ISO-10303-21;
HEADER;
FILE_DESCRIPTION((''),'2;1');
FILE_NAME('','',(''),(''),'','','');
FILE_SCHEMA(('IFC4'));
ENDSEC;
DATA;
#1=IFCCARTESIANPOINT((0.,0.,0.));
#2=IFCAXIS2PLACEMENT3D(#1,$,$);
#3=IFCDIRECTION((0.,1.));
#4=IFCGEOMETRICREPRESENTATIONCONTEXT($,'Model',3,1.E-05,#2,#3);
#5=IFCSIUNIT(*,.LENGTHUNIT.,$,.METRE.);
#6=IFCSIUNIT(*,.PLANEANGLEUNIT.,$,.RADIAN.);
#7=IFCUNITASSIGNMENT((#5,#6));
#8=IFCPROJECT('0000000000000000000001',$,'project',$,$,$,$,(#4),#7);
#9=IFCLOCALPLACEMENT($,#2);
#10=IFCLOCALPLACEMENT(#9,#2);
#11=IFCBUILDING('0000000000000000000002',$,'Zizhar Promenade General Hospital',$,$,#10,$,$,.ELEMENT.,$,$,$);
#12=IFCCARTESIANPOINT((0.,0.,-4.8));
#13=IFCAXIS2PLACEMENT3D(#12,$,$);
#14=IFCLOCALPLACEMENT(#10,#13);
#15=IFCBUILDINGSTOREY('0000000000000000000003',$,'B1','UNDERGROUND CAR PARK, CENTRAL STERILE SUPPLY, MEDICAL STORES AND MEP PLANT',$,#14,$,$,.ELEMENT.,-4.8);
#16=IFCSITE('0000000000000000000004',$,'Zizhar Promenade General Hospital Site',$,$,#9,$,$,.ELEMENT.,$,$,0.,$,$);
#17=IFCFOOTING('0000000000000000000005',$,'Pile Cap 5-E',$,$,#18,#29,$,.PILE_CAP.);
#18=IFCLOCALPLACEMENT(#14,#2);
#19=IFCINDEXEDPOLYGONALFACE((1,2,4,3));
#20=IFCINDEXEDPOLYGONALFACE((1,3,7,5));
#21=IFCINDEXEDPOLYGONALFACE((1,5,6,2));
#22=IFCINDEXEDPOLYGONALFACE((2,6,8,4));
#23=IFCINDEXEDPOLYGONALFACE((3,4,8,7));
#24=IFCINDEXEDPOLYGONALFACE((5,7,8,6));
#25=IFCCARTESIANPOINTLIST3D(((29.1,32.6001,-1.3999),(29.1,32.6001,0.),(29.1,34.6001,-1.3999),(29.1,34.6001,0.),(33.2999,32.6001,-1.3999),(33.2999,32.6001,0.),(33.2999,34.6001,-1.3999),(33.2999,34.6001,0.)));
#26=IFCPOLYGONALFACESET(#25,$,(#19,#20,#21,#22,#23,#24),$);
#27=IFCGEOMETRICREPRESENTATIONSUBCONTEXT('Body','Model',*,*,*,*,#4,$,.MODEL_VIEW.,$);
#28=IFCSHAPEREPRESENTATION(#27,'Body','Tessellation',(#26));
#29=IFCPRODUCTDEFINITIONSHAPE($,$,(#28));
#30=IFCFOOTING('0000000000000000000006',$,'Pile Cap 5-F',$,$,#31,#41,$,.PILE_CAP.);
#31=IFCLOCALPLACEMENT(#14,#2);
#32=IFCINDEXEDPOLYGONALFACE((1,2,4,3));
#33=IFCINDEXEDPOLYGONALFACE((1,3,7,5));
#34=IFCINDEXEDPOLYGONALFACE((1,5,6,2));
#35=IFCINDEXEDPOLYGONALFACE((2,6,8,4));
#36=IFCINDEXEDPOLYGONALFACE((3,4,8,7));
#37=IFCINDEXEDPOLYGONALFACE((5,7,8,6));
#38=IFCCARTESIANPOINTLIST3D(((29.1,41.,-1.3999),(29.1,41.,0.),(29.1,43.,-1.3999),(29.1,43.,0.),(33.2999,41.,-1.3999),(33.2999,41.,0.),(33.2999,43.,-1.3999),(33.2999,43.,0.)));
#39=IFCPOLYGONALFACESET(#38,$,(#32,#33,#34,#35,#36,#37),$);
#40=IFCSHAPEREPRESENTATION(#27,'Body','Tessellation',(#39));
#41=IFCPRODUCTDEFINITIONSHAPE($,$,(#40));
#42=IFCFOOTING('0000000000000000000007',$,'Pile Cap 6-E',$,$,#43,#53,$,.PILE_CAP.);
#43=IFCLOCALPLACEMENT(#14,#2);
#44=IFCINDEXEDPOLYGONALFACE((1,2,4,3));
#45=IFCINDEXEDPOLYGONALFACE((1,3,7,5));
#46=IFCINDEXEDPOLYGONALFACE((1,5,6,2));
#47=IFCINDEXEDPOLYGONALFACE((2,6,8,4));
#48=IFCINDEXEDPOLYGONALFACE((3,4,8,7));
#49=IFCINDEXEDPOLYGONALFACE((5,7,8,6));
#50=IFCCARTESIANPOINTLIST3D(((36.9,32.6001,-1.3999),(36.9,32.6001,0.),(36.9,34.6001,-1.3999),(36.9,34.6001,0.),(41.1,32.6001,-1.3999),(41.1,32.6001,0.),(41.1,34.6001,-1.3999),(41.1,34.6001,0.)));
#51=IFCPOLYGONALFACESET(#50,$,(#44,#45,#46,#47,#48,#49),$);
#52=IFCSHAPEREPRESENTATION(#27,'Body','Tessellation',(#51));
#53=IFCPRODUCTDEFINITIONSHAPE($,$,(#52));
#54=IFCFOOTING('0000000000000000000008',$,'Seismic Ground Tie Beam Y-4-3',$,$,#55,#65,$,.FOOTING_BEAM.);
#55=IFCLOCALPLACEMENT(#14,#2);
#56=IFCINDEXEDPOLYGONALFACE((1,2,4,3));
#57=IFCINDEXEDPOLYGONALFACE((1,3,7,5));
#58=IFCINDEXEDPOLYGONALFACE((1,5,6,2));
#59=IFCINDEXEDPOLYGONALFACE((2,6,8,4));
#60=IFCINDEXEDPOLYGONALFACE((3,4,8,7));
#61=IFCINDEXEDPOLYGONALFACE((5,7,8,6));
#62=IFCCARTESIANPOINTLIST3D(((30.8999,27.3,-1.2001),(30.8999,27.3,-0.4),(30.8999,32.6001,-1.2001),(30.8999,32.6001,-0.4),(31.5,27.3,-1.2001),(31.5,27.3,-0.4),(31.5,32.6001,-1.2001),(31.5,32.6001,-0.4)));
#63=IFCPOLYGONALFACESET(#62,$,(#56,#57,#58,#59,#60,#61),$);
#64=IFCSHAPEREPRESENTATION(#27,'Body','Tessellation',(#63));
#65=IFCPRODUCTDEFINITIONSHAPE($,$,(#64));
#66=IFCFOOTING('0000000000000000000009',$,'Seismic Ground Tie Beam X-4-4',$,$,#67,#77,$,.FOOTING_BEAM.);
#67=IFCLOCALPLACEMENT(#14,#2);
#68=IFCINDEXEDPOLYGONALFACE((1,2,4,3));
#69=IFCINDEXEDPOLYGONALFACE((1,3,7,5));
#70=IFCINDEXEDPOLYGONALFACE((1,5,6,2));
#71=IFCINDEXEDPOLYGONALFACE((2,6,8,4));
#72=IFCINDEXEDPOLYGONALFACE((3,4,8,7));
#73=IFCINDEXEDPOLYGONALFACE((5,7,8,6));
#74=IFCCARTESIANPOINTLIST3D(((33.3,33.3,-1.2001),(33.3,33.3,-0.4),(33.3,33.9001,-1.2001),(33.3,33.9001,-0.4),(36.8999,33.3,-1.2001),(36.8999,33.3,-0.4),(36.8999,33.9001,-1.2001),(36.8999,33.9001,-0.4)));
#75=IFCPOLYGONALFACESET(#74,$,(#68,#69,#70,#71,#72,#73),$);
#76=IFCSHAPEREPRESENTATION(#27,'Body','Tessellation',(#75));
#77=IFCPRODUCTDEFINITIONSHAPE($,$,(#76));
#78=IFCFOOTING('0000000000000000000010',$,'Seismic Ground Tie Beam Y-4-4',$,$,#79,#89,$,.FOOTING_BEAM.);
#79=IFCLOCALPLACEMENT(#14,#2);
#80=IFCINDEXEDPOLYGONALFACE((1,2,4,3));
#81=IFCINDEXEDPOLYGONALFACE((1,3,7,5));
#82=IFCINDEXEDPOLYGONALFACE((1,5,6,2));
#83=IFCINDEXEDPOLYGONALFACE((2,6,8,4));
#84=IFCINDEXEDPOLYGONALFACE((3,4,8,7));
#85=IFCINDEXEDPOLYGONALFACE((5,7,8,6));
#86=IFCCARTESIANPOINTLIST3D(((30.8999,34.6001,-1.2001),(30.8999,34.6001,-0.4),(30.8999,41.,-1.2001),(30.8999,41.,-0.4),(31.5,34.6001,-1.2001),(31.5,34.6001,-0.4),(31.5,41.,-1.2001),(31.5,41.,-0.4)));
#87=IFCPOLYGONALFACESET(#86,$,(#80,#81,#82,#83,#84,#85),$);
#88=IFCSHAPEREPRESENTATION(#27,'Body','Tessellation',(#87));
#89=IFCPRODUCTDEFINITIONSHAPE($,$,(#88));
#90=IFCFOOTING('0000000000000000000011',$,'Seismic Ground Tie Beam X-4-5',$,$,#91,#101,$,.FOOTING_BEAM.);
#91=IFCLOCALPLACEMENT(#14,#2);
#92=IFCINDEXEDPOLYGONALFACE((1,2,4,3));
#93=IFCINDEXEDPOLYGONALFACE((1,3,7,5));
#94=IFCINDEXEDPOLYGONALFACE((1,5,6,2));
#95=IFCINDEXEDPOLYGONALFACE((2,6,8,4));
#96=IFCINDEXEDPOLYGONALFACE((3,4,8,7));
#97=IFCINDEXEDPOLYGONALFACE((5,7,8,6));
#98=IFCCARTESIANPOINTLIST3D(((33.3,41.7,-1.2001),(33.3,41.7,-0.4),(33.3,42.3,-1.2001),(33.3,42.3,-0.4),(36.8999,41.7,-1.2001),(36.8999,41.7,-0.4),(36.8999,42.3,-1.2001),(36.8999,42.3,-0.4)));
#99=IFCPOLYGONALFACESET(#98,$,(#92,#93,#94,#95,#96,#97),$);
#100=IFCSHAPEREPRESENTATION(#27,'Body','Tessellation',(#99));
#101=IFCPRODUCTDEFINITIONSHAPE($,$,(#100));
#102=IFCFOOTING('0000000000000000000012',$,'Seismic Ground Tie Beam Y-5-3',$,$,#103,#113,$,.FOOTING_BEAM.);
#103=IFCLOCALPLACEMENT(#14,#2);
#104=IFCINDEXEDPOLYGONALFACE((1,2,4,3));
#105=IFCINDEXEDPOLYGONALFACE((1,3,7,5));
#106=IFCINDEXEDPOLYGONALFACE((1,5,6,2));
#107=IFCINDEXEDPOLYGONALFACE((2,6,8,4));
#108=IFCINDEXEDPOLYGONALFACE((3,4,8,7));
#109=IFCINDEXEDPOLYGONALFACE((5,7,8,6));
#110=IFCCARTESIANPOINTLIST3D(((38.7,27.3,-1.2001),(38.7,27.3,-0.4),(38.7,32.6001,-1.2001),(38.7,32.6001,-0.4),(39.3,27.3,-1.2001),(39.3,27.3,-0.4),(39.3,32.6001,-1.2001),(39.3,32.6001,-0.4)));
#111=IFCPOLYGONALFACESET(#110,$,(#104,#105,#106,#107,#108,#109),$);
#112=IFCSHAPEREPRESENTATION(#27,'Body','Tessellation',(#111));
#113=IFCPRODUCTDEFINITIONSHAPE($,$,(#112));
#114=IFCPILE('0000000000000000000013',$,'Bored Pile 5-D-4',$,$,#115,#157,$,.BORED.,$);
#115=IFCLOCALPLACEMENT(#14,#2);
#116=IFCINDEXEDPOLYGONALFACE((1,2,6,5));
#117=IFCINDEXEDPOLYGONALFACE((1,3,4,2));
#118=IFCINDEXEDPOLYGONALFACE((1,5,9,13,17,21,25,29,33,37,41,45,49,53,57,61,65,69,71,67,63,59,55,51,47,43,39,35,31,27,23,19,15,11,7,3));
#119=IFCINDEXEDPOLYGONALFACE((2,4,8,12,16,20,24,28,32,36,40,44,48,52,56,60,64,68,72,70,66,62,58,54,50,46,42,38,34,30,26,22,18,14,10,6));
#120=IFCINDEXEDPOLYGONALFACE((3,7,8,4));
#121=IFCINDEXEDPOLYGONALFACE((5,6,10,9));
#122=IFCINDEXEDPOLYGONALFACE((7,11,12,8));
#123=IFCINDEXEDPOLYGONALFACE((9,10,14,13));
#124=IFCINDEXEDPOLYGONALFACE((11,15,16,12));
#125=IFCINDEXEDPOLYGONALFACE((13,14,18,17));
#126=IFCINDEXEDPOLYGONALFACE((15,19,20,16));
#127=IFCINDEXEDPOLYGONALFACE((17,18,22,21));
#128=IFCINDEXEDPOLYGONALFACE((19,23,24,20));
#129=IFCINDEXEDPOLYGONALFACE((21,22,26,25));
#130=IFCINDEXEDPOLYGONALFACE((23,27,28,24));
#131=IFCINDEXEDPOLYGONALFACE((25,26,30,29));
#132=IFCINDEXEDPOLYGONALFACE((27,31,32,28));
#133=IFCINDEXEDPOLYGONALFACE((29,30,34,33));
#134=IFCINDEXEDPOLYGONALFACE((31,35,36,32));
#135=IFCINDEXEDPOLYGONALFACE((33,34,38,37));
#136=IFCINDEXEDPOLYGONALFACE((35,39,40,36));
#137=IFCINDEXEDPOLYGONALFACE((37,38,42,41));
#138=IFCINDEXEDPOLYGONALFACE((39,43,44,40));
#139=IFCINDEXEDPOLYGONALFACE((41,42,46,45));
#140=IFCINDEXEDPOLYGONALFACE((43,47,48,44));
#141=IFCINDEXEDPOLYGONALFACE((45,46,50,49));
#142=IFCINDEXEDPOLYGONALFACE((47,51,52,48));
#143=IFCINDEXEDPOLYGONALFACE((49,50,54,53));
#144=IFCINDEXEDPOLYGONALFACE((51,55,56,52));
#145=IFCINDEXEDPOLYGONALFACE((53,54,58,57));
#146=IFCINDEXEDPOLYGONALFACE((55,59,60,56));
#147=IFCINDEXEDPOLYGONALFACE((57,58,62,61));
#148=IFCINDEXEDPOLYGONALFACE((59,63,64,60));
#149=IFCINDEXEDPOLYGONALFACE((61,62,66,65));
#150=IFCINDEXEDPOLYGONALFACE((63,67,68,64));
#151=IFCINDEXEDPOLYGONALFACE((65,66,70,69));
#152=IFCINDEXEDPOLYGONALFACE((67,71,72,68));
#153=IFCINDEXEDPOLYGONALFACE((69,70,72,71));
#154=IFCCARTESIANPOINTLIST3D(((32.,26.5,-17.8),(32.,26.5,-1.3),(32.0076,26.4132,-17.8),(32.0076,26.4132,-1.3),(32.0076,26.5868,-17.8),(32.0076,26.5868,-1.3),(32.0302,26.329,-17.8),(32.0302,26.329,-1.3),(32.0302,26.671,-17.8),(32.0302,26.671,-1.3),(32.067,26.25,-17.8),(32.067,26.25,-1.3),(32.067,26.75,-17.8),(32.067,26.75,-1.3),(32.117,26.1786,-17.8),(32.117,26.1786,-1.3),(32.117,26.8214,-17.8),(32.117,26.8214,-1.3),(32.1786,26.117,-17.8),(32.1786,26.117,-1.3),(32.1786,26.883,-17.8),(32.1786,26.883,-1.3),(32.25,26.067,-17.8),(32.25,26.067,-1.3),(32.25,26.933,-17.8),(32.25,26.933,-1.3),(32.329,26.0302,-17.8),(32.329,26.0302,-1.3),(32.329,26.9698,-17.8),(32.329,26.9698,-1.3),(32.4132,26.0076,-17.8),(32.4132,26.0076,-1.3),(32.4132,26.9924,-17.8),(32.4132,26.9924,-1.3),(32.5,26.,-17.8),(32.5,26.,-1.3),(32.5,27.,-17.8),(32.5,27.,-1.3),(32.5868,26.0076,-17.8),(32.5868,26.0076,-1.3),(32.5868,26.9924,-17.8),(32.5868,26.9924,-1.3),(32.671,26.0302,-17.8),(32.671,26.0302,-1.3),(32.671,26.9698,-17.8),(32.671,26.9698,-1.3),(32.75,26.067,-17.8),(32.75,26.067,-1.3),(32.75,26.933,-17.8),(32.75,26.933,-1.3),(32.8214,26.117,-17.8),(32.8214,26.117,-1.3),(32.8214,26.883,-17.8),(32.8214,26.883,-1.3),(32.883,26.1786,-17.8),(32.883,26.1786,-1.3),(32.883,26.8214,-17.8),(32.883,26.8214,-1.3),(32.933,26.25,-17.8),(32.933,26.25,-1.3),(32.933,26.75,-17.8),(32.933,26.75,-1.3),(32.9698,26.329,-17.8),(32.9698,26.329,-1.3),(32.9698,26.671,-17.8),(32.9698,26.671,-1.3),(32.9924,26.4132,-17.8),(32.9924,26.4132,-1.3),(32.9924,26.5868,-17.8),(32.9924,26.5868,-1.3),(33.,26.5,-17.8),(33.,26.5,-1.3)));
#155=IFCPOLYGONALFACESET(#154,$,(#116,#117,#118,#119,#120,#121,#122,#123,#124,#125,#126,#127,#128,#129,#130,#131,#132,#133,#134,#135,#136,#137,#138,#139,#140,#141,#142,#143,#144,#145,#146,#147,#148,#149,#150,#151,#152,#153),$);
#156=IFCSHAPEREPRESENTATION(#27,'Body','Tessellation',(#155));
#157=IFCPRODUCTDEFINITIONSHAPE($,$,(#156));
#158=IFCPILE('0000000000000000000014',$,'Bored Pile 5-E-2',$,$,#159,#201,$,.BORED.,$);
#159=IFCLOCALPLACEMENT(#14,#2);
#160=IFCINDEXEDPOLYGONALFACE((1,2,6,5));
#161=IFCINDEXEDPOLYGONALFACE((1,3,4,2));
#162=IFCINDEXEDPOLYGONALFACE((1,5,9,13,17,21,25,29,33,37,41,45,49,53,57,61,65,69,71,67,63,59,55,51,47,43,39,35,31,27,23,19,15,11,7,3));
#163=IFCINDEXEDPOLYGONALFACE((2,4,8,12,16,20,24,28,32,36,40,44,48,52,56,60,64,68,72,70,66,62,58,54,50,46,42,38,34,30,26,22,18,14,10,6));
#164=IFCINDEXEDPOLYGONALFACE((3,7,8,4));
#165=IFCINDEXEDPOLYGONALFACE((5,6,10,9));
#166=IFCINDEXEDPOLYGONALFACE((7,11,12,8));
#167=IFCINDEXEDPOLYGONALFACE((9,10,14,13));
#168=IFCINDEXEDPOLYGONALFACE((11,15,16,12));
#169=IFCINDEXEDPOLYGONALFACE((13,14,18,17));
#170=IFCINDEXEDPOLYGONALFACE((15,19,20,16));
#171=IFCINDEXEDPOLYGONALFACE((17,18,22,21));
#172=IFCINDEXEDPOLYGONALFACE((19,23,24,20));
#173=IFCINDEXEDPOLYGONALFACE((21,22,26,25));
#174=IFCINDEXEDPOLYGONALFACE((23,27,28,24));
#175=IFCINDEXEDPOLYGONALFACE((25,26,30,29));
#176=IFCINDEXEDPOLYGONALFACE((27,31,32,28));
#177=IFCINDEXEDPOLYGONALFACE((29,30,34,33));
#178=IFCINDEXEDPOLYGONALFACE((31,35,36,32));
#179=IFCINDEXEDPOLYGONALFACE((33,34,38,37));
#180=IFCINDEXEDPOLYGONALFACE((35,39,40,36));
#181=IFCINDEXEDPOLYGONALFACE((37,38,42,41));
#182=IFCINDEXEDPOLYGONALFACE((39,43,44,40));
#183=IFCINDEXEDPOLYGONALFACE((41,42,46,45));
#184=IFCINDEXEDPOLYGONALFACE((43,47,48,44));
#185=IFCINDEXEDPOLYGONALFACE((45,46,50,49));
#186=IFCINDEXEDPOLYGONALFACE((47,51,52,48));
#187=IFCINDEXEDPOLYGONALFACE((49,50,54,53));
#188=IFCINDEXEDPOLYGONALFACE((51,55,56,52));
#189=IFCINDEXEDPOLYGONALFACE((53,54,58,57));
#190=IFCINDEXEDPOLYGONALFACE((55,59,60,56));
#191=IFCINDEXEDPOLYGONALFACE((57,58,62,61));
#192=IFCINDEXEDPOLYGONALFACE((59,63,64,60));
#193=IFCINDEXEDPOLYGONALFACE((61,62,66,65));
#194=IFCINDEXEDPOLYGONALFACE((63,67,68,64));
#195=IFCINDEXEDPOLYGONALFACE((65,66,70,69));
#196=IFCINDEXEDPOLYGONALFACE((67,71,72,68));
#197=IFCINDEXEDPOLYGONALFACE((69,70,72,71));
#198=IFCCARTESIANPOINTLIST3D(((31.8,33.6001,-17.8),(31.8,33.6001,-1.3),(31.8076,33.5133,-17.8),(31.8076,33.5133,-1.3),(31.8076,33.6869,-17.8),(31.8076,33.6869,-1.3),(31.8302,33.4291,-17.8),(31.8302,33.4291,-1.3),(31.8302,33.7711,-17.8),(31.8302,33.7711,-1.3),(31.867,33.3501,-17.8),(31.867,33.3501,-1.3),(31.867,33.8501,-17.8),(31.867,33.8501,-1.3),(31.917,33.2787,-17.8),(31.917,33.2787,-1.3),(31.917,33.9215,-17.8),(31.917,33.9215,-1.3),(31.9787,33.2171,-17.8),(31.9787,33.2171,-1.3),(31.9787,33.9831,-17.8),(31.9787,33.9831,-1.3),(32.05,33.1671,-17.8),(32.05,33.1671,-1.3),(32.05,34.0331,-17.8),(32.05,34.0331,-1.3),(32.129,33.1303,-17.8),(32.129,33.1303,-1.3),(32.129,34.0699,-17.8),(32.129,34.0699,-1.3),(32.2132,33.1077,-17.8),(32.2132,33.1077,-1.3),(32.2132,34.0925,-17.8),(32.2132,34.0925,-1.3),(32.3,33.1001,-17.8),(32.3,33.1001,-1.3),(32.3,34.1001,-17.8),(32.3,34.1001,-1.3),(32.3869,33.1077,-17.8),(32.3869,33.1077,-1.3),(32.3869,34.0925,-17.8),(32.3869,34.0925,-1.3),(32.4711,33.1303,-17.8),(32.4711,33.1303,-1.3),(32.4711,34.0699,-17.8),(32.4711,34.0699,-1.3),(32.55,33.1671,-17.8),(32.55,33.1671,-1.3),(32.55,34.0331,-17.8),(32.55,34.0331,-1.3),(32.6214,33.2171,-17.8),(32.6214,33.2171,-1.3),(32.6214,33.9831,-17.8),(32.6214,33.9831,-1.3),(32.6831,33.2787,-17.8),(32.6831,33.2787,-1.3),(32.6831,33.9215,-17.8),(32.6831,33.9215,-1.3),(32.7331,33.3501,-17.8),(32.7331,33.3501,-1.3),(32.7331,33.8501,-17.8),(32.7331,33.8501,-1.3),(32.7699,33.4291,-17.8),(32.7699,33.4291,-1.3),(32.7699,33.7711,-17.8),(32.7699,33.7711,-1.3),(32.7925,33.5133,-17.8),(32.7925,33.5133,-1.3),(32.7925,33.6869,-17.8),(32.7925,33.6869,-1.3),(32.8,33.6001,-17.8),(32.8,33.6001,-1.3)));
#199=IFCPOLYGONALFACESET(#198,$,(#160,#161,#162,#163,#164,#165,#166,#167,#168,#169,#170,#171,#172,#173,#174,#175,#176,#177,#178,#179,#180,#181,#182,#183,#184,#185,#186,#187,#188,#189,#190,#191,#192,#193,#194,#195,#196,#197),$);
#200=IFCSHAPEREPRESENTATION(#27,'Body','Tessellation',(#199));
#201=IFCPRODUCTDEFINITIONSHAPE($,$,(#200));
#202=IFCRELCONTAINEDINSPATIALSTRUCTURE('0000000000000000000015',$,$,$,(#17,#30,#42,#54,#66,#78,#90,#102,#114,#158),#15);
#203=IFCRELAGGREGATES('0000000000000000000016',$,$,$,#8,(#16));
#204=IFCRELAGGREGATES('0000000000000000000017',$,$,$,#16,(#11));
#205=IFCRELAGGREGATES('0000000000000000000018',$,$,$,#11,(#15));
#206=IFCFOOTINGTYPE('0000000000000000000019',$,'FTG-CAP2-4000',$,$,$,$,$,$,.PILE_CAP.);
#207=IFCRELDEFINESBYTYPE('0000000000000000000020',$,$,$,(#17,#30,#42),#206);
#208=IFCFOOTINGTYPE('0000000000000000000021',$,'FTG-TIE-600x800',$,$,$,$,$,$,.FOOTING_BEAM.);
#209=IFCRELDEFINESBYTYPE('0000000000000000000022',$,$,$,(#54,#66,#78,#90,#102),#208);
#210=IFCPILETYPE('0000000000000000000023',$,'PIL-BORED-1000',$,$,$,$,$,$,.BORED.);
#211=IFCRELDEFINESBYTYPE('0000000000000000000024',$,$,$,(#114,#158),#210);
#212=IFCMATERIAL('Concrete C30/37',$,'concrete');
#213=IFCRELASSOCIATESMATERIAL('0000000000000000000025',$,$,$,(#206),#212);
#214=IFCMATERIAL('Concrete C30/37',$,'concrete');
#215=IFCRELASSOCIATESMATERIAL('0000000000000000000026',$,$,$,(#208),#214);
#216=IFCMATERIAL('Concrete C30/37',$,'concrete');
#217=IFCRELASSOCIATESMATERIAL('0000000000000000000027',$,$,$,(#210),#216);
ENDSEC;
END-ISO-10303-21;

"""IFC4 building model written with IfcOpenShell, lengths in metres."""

from ifc_helpers import new_model, si_unit, direction, frame, origin, origin_2d, place, context, subcontext, project, spatial, rectangle, circle, extrude, material, material_profile, profile_set, type_object, element, save


model = new_model("IFC4")

# Units and contexts
model_context = context("Model", 3, precision=1e-05, world=origin(), true_north=direction((0.0, 1.0)))
body_context = subcontext(model_context, "Body", "Model", "MODEL_VIEW")
ifc_project = project(units=[si_unit("LENGTHUNIT", "METRE"), si_unit("PLANEANGLEUNIT", "RADIAN")], contexts=[model_context])

# Site, building, storey
site_placement = place(None, origin())
site = spatial("IfcSite", under=ifc_project, at=site_placement, Name="Zizhar Promenade General Hospital Site", CompositionType="ELEMENT", RefElevation=0.0)
building_placement = place(site_placement, origin())
building = spatial("IfcBuilding", under=site, at=building_placement, Name="Zizhar Promenade General Hospital", CompositionType="ELEMENT")
storey_placement = place(building_placement, frame((0.0, 0.0, -4.8)))
storey = spatial("IfcBuildingStorey", under=building, at=storey_placement, Name="B1", Description="UNDERGROUND CAR PARK, CENTRAL STERILE SUPPLY, MEDICAL STORES AND MEP PLANT", CompositionType="ELEMENT", Elevation=-4.8)

# Footings
ifc_material_1 = material(Name="Concrete C30/37", Category="concrete")
footing_type_1 = type_object("IfcFootingType", Name="FTG-CAP2-4000", PredefinedType="PILE_CAP", material=ifc_material_1)
for number, where, z_axis, x_axis, name in (
    (1, (31.2, 33.6001, -1.3999), (0.0, 0.0, 1.0), (1.0, 0.0, 0.0), "Pile Cap 5-E"),
    (2, (31.2, 42.0, -1.3999), (0.0, 0.0, 1.0), (1.0, 0.0, 0.0), "Pile Cap 5-F"),
    (3, (39.0, 33.6001, -1.3999), (0.0, 0.0, 1.0), (1.0, 0.0, 0.0), "Pile Cap 6-E"),
):
    element("IfcFooting", number, at=place(storey_placement, frame(where, z_axis=z_axis, x_axis=x_axis)), inside=storey, type_object=footing_type_1, Name=name, PredefinedType="PILE_CAP", context=body_context, shape_type="SweptSolid", body=[
        extrude(rectangle(XDim=4.2, YDim=2.0, at=origin_2d()), origin(), (0.0, 0.0, 1.0), 1.3999),
    ])
ifc_material_2 = material(Name="Concrete C30/37", Category="concrete")
ifc_material_profile_1 = material_profile(ifc_material_2, rectangle(XDim=0.6001, YDim=0.8, at=origin_2d()))
ifc_profile_set_1 = profile_set([ifc_material_profile_1], Name="Concrete C30/37")
footing_type_2 = type_object("IfcFootingType", Name="FTG-TIE-600x800", PredefinedType="FOOTING_BEAM", material=ifc_profile_set_1)
footing_1_placement = place(storey_placement, frame((31.2, 27.3, -0.8), z_axis=(0.0, 1.0, 0.0), x_axis=(-1.0, 0.0, 0.0)))
element("IfcFooting", 4, at=footing_1_placement, inside=storey, type_object=footing_type_2, Name="Seismic Ground Tie Beam Y-4-3", PredefinedType="FOOTING_BEAM", context=body_context, shape_type="SweptSolid", body=[
    extrude(rectangle(XDim=0.6001, YDim=0.8, at=origin_2d()), origin(), (0.0, 0.0, 1.0), 5.3),
])
footing_2_placement = place(storey_placement, frame((33.3, 33.6001, -0.8), z_axis=(1.0, 0.0, 0.0), x_axis=(0.0, 1.0, 0.0)))
element("IfcFooting", 5, at=footing_2_placement, inside=storey, type_object=footing_type_2, Name="Seismic Ground Tie Beam X-4-4", PredefinedType="FOOTING_BEAM", context=body_context, shape_type="SweptSolid", body=[
    extrude(rectangle(XDim=0.6001, YDim=0.8, at=origin_2d()), origin(), (0.0, 0.0, 1.0), 3.5999),
])
footing_3_placement = place(storey_placement, frame((31.2, 34.6001, -0.8), z_axis=(0.0, 1.0, 0.0), x_axis=(-1.0, 0.0, 0.0)))
element("IfcFooting", 6, at=footing_3_placement, inside=storey, type_object=footing_type_2, Name="Seismic Ground Tie Beam Y-4-4", PredefinedType="FOOTING_BEAM", context=body_context, shape_type="SweptSolid", body=[
    extrude(rectangle(XDim=0.6001, YDim=0.8, at=origin_2d()), origin(), (0.0, 0.0, 1.0), 6.3999),
])
footing_4_placement = place(storey_placement, frame((33.3, 42.0, -0.8), z_axis=(1.0, 0.0, 0.0), x_axis=(0.0, 1.0, 0.0)))
element("IfcFooting", 7, at=footing_4_placement, inside=storey, type_object=footing_type_2, Name="Seismic Ground Tie Beam X-4-5", PredefinedType="FOOTING_BEAM", context=body_context, shape_type="SweptSolid", body=[
    extrude(rectangle(XDim=0.6001, YDim=0.8, at=origin_2d()), origin(), (0.0, 0.0, 1.0), 3.5999),
])
footing_5_placement = place(storey_placement, frame((39.0, 27.3, -0.8), z_axis=(0.0, 1.0, 0.0), x_axis=(-1.0, 0.0, 0.0)))
element("IfcFooting", 8, at=footing_5_placement, inside=storey, type_object=footing_type_2, Name="Seismic Ground Tie Beam Y-5-3", PredefinedType="FOOTING_BEAM", context=body_context, shape_type="SweptSolid", body=[
    extrude(rectangle(XDim=0.6001, YDim=0.8, at=origin_2d()), origin(), (0.0, 0.0, 1.0), 5.3),
])

# Piles
ifc_material_3 = material(Name="Concrete C30/37", Category="concrete")
ifc_material_profile_2 = material_profile(ifc_material_3, circle(Radius=0.5, at=origin_2d()))
ifc_profile_set_2 = profile_set([ifc_material_profile_2], Name="Concrete C30/37")
pile_type = type_object("IfcPileType", Name="PIL-BORED-1000", PredefinedType="BORED", material=ifc_profile_set_2)
for number, where, z_axis, x_axis, name in (
    (9, (32.5, 26.5, -1.3), (0.0, 0.0, -1.0), (1.0, 0.0, 0.0), "Bored Pile 5-D-4"),
    (10, (32.3, 33.6001, -1.3), (0.0, 0.0, -1.0), (1.0, 0.0, 0.0), "Bored Pile 5-E-2"),
):
    element("IfcPile", number, at=place(storey_placement, frame(where, z_axis=z_axis, x_axis=x_axis)), inside=storey, type_object=pile_type, Name=name, PredefinedType="BORED", context=body_context, shape_type="SweptSolid", body=[
        extrude(circle(Radius=0.5, at=origin_2d()), origin(), (0.0, 0.0, 1.0), 16.5),
    ])

save(model, "model.ifc")
